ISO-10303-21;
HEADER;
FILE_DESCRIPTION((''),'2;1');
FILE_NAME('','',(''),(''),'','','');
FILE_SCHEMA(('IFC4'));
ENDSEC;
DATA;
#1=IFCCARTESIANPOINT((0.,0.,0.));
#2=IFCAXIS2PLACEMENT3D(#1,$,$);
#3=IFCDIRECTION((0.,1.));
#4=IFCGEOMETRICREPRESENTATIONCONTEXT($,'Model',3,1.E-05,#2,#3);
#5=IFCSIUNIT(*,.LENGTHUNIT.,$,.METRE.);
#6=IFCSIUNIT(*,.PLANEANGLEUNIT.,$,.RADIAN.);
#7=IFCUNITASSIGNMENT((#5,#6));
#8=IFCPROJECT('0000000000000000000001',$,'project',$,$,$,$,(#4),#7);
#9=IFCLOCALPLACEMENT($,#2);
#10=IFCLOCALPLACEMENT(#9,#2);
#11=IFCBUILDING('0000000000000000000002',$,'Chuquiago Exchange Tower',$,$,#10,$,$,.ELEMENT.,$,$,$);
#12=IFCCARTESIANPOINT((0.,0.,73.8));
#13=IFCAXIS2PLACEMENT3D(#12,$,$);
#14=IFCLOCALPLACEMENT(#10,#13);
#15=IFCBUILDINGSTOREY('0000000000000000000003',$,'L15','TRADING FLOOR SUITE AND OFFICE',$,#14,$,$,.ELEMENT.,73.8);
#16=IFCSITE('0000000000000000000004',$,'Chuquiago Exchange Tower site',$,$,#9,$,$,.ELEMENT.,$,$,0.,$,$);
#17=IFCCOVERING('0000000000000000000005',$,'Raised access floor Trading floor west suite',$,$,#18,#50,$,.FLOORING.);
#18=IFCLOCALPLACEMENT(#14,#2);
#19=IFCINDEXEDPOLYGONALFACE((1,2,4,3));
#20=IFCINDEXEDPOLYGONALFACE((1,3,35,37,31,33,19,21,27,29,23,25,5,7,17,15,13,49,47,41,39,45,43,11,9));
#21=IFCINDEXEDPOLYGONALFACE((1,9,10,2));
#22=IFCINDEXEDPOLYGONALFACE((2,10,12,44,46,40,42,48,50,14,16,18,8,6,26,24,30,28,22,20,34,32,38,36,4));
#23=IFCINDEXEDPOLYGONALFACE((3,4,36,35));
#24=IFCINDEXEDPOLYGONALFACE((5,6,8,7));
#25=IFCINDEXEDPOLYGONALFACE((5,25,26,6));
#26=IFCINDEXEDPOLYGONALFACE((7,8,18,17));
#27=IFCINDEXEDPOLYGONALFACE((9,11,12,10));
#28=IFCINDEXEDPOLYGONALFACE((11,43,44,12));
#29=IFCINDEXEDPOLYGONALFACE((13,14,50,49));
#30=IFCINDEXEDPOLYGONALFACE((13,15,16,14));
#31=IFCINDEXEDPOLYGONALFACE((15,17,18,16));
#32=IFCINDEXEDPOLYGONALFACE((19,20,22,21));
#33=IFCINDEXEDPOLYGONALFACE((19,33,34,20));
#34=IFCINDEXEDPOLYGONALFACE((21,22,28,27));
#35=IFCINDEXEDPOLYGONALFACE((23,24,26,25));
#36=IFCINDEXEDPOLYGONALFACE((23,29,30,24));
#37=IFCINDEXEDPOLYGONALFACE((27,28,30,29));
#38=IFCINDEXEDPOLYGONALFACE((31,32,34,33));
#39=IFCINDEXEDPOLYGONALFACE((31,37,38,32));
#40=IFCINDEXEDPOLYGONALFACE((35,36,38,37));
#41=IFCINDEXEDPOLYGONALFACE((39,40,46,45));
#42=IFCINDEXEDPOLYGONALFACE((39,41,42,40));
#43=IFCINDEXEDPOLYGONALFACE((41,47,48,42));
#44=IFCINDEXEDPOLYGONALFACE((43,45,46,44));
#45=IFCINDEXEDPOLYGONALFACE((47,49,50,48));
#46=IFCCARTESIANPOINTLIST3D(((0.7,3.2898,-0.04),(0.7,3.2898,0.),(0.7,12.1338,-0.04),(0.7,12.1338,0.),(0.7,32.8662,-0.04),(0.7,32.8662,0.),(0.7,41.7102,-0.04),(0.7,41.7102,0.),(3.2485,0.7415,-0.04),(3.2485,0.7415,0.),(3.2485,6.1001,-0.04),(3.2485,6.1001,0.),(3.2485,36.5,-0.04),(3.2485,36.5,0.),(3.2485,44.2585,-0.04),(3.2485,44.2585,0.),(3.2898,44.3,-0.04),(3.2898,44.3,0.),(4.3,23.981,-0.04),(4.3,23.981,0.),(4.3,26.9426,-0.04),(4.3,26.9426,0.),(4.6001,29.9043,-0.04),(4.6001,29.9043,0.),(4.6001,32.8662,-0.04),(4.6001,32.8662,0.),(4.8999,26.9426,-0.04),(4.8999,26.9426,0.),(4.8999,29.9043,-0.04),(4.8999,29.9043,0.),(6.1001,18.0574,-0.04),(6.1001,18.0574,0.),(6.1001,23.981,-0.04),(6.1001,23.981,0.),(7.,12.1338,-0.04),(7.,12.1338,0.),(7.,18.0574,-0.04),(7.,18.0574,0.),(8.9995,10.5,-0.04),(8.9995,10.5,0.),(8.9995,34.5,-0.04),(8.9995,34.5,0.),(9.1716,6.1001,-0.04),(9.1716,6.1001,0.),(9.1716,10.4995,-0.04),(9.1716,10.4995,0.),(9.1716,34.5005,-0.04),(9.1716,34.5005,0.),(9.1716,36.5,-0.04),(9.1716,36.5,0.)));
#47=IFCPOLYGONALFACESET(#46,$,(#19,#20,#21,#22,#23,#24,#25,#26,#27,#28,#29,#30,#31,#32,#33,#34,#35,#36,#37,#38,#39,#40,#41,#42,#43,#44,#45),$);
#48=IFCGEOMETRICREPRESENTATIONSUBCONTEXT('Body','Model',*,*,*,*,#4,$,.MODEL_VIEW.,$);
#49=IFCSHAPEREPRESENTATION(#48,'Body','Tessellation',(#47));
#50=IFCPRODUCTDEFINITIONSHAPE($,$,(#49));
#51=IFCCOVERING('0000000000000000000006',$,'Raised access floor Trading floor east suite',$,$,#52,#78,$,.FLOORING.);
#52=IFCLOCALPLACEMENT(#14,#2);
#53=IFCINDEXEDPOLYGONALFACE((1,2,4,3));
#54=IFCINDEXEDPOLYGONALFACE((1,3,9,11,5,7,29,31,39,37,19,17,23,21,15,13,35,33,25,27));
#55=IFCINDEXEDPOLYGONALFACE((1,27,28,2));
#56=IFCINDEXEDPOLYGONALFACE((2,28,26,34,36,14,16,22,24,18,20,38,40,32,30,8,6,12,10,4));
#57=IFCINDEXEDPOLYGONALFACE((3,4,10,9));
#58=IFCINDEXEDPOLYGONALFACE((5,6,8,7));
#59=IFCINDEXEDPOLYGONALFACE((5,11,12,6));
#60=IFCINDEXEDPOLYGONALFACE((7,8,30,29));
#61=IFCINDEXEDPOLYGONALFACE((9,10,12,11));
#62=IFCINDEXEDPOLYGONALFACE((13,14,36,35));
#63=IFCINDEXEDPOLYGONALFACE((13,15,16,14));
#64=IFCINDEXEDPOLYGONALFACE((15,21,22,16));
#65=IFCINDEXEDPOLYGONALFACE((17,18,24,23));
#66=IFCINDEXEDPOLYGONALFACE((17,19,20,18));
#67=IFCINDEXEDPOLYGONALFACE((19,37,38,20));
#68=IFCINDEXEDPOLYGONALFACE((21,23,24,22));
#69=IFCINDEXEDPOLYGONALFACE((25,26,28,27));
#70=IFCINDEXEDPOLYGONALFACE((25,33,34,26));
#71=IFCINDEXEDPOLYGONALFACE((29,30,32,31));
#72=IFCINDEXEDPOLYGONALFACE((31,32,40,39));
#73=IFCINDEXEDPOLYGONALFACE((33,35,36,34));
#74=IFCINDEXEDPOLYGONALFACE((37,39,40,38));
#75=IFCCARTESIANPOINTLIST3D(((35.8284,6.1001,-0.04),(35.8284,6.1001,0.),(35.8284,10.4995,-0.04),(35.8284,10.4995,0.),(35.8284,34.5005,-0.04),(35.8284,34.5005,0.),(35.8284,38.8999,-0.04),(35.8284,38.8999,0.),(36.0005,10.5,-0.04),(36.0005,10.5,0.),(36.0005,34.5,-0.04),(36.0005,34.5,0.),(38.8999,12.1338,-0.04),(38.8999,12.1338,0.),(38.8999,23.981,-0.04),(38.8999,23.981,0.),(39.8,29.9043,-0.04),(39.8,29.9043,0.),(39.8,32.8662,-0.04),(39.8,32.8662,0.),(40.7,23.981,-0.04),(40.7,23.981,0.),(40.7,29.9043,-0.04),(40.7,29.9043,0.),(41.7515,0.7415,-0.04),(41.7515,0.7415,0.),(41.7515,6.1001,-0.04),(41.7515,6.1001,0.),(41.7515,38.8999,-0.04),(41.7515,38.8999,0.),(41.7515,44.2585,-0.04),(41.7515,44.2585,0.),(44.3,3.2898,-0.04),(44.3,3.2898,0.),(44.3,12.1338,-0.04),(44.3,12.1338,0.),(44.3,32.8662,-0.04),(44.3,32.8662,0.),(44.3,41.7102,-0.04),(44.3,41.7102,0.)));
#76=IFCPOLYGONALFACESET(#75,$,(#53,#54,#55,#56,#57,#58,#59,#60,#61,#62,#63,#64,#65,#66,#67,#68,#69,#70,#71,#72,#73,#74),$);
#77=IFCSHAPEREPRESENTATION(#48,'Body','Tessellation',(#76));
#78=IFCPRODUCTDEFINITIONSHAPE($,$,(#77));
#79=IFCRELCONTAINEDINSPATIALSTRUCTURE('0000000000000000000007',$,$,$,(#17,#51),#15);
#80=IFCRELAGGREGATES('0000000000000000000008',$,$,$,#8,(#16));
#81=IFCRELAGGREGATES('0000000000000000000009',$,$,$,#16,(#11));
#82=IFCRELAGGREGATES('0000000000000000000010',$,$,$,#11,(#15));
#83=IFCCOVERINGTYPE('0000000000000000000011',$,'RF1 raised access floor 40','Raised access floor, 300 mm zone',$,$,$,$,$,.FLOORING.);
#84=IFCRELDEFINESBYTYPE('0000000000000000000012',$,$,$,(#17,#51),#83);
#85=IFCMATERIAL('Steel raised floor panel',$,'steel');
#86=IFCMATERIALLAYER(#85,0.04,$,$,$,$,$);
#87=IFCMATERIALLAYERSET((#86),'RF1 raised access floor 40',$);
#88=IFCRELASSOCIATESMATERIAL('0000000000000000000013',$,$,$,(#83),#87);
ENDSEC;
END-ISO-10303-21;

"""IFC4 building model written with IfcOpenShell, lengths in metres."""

from ifc_helpers import new_model, si_unit, direction, frame, origin, place, context, subcontext, project, spatial, polyline, outline, extrude, material, layer, layer_set, type_object, element, save


model = new_model("IFC4")

# Units and contexts
model_context = context("Model", 3, precision=1e-05, world=origin(), true_north=direction((0.0, 1.0)))
body_context = subcontext(model_context, "Body", "Model", "MODEL_VIEW")
ifc_project = project(units=[si_unit("LENGTHUNIT", "METRE"), si_unit("PLANEANGLEUNIT", "RADIAN")], contexts=[model_context])

# Site, building, storey
site_placement = place(None, origin())
site = spatial("IfcSite", under=ifc_project, at=site_placement, Name="Chuquiago Exchange Tower site", CompositionType="ELEMENT", RefElevation=0.0)
building_placement = place(site_placement, origin())
building = spatial("IfcBuilding", under=site, at=building_placement, Name="Chuquiago Exchange Tower", CompositionType="ELEMENT")
storey_placement = place(building_placement, frame((0.0, 0.0, 73.8)))
storey = spatial("IfcBuildingStorey", under=building, at=storey_placement, Name="L15", Description="TRADING FLOOR SUITE AND OFFICE", CompositionType="ELEMENT", Elevation=73.8)

# Coverings
ifc_material_1 = material(Name="Steel raised floor panel", Category="steel")
ifc_layer_1 = layer(ifc_material_1, 0.04)
ifc_layer_set_1 = layer_set([ifc_layer_1], Name="RF1 raised access floor 40")
covering_type_1 = type_object("IfcCoveringType", Name="RF1 raised access floor 40", Description="Raised access floor, 300 mm zone", PredefinedType="FLOORING", material=ifc_layer_set_1)
covering_1_placement = place(storey_placement, frame((0.0, 0.0, -0.04)))
element("IfcCovering", 1, at=covering_1_placement, inside=storey, type_object=covering_type_1, Name="Raised access floor Trading floor west suite", PredefinedType="FLOORING", context=body_context, shape_type="SweptSolid", body=[
    extrude(outline(polyline([(7.0, 18.0574), (6.1001, 18.0574), (6.1001, 23.981), (4.3, 23.981), (4.3, 26.9426), (4.8999, 26.9426), (4.8999, 29.9043), (4.6001, 29.9043), (4.6001, 32.8662), (0.7, 32.8662), (0.7, 41.7102), (3.2898, 44.3), (3.2485, 44.2585), (3.2485, 36.5), (9.1716, 36.5), (9.1716, 34.5005), (8.9995, 34.5), (8.9995, 10.5), (9.1716, 10.4995), (9.1716, 6.1001), (3.2485, 6.1001), (3.2485, 0.7415), (0.7, 3.2898), (0.7, 12.1338), (7.0, 12.1338), (7.0, 18.0574)])), origin(), (0.0, 0.0, 1.0), 0.04),
])
covering_2_placement = place(storey_placement, frame((0.0, 0.0, -0.04)))
element("IfcCovering", 2, at=covering_2_placement, inside=storey, type_object=covering_type_1, Name="Raised access floor Trading floor east suite", PredefinedType="FLOORING", context=body_context, shape_type="SweptSolid", body=[
    extrude(outline(polyline([(35.8284, 38.8999), (41.7515, 38.8999), (41.7515, 44.2585), (44.3, 41.7102), (44.3, 32.8662), (39.8, 32.8662), (39.8, 29.9043), (40.7, 29.9043), (40.7, 23.981), (38.8999, 23.981), (38.8999, 12.1338), (44.3, 12.1338), (44.3, 3.2898), (41.7515, 0.7415), (41.7515, 6.1001), (35.8284, 6.1001), (35.8284, 10.4995), (36.0005, 10.5), (36.0005, 34.5), (35.8284, 34.5005), (35.8284, 38.8999)])), origin(), (0.0, 0.0, 1.0), 0.04),
])

save(model, "model.ifc")
